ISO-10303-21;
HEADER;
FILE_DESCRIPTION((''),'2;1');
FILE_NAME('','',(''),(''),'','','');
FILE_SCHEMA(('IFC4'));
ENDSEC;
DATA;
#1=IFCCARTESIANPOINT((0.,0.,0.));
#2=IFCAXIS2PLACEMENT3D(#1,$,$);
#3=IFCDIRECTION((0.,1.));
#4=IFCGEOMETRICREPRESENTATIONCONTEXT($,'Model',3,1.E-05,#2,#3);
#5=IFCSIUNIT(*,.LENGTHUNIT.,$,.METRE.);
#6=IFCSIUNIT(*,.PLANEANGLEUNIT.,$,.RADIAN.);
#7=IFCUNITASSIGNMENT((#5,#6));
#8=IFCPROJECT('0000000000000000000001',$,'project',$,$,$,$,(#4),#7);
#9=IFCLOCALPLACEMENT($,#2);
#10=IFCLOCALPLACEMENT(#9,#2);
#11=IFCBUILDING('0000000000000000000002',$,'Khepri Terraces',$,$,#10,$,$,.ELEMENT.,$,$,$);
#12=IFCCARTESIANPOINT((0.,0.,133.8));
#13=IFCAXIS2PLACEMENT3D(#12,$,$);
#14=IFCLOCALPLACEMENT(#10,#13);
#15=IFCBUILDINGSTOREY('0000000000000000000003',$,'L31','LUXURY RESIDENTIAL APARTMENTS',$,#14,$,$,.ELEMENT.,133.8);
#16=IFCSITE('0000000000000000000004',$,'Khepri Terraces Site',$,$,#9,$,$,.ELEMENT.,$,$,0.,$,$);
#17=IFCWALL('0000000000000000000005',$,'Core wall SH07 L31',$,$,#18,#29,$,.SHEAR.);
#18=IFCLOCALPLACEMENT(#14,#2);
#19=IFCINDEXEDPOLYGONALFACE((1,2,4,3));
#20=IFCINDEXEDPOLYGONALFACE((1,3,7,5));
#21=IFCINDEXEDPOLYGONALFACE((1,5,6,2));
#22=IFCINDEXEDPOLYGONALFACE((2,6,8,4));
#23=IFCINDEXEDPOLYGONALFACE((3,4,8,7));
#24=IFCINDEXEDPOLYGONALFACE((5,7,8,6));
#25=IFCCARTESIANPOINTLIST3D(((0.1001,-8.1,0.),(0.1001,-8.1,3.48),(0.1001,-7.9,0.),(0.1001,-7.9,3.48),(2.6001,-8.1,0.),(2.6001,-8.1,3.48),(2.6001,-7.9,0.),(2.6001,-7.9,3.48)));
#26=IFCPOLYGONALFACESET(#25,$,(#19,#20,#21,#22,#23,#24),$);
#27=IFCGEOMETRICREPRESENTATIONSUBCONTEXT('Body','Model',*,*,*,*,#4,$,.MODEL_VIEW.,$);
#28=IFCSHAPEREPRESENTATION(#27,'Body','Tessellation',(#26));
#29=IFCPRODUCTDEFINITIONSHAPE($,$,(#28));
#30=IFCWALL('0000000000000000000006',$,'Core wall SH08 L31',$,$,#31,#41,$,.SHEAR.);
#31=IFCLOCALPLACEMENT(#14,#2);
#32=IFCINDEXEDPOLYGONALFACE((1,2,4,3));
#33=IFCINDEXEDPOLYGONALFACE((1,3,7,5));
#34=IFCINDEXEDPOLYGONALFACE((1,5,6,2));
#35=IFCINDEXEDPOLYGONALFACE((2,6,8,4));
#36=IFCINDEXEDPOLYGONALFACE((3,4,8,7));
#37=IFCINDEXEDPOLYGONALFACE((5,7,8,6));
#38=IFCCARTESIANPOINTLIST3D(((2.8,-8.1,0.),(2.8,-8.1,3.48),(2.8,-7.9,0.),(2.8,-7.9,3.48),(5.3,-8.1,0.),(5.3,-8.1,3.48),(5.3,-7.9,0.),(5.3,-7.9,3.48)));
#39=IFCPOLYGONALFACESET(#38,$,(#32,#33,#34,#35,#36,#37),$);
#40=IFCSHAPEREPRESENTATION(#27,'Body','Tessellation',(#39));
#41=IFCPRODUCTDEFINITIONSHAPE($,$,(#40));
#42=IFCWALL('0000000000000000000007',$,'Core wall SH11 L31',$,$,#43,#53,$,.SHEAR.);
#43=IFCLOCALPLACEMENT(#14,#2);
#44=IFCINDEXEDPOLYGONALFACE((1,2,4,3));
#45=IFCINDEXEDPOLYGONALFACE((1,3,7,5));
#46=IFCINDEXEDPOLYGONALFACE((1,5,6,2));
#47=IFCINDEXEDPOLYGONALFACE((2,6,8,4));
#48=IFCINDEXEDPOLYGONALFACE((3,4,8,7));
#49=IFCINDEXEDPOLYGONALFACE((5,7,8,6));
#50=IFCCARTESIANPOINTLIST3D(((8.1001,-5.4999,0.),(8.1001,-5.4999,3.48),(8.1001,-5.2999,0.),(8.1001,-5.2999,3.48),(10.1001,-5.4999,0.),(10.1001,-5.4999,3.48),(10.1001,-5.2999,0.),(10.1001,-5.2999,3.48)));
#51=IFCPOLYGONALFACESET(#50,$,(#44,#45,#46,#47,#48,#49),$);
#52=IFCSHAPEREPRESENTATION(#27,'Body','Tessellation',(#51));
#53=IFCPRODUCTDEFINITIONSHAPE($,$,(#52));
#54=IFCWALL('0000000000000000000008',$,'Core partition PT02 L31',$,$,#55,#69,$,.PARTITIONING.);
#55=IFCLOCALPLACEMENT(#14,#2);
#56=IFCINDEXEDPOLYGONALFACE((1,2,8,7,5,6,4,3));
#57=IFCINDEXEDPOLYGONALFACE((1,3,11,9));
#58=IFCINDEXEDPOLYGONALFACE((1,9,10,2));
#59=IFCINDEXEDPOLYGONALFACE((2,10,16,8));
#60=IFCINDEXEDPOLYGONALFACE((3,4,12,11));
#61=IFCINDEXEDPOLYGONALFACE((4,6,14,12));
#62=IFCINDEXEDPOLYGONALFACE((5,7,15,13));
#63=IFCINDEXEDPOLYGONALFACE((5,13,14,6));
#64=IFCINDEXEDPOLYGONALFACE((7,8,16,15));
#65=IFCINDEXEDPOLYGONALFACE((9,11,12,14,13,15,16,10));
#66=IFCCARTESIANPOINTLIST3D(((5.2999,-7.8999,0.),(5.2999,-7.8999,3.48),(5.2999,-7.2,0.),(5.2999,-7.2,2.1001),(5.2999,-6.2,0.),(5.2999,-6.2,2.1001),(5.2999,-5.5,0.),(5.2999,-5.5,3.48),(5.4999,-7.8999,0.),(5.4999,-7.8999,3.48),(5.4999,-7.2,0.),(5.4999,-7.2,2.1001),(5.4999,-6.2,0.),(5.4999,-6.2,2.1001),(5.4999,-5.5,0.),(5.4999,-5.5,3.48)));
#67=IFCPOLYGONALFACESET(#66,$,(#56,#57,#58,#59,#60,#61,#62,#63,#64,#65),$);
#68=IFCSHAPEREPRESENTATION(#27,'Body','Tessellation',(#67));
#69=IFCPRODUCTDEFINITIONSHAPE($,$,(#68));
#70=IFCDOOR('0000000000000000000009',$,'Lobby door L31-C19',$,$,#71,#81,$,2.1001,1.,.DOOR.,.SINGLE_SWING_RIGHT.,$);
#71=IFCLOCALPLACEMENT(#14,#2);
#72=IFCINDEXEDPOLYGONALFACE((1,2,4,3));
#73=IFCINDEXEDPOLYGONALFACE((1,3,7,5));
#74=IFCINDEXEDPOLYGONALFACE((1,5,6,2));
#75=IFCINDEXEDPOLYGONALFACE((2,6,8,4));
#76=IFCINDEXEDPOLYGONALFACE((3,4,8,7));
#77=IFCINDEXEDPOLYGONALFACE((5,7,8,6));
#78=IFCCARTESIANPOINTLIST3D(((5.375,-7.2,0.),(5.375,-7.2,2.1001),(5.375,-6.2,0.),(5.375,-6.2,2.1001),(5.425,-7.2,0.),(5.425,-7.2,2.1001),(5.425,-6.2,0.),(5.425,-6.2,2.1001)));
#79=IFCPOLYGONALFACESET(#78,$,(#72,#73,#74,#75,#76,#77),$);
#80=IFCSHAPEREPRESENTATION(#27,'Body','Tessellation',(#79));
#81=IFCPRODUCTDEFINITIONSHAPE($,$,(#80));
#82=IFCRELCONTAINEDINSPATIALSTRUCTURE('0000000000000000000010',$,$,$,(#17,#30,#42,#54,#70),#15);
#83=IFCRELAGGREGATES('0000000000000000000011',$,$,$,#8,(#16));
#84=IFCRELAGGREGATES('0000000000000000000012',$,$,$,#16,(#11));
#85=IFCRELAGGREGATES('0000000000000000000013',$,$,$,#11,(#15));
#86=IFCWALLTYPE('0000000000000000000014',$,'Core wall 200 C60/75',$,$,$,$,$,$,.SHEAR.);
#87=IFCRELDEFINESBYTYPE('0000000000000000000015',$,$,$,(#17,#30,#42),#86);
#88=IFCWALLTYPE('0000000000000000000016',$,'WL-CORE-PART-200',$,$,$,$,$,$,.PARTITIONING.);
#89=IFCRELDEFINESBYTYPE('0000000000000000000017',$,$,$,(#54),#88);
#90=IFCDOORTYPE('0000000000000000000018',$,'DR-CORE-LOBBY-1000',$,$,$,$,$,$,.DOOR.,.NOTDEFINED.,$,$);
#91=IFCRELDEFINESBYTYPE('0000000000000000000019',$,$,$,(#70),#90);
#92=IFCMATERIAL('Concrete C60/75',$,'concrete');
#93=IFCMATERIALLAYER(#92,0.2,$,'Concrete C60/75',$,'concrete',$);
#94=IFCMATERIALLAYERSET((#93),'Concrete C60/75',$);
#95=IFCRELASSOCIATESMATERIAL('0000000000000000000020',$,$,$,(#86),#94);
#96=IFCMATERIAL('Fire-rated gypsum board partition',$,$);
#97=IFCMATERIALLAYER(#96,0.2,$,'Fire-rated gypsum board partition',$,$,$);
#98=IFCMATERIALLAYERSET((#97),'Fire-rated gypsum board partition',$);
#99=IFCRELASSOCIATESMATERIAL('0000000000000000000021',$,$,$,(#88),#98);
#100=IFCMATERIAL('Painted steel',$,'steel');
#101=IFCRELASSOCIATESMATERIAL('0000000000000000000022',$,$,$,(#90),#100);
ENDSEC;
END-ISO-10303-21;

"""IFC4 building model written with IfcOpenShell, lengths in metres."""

from ifc_helpers import new_model, si_unit, direction, frame, frame_2d, origin, place, context, subcontext, project, spatial, rectangle, extrude, material, layer, layer_set, type_object, element, fill, save


model = new_model("IFC4")

# Units and contexts
model_context = context("Model", 3, precision=1e-05, world=origin(), true_north=direction((0.0, 1.0)))
body_context = subcontext(model_context, "Body", "Model", "MODEL_VIEW")
ifc_project = project(units=[si_unit("LENGTHUNIT", "METRE"), si_unit("PLANEANGLEUNIT", "RADIAN")], contexts=[model_context])

# Site, building, storey
site_placement = place(None, origin())
site = spatial("IfcSite", under=ifc_project, at=site_placement, Name="Khepri Terraces Site", CompositionType="ELEMENT", RefElevation=0.0)
building_placement = place(site_placement, origin())
building = spatial("IfcBuilding", under=site, at=building_placement, Name="Khepri Terraces", CompositionType="ELEMENT")
storey_placement = place(building_placement, frame((0.0, 0.0, 133.8)))
storey = spatial("IfcBuildingStorey", under=building, at=storey_placement, Name="L31", Description="LUXURY RESIDENTIAL APARTMENTS", CompositionType="ELEMENT", Elevation=133.8)

# Shared definitions
ifc_material_1 = material(Name="Concrete C60/75", Category="concrete")
ifc_layer_1 = layer(ifc_material_1, 0.2, Name="Concrete C60/75", Category="concrete")
ifc_layer_set_1 = layer_set([ifc_layer_1], Name="Concrete C60/75")
wall_type_1 = type_object("IfcWallType", Name="Core wall 200 C60/75", PredefinedType="SHEAR", material=ifc_layer_set_1)

# Walls
for number, where, z_axis, x_axis, name in (
    (1, (0.1001, -8.0, 0.0), (0.0, 0.0, 1.0), (1.0, 0.0, 0.0), "Core wall SH07 L31"),
    (2, (2.8, -8.0, 0.0), (0.0, 0.0, 1.0), (1.0, 0.0, 0.0), "Core wall SH08 L31"),
):
    element("IfcWall", number, at=place(storey_placement, frame(where, z_axis=z_axis, x_axis=x_axis)), inside=storey, type_object=wall_type_1, Name=name, PredefinedType="SHEAR", context=body_context, shape_type="SweptSolid", body=[
        extrude(rectangle(XDim=2.5, YDim=0.2, at=frame_2d((1.25, 0.0))), origin(), (0.0, 0.0, 1.0), 3.48),
    ])
wall_1_placement = place(storey_placement, frame((8.1001, -5.3999, 0.0), z_axis=(0.0, 0.0, 1.0), x_axis=(1.0, 0.0, 0.0)))
element("IfcWall", 3, at=wall_1_placement, inside=storey, type_object=wall_type_1, Name="Core wall SH11 L31", PredefinedType="SHEAR", context=body_context, shape_type="SweptSolid", body=[
    extrude(rectangle(XDim=2.0, YDim=0.2, at=frame_2d((1.0, 0.0))), origin(), (0.0, 0.0, 1.0), 3.48),
])

# Wall, opening, door
ifc_material_2 = material(Name="Fire-rated gypsum board partition")
ifc_layer_2 = layer(ifc_material_2, 0.2, Name="Fire-rated gypsum board partition")
ifc_layer_set_2 = layer_set([ifc_layer_2], Name="Fire-rated gypsum board partition")
wall_type_2 = type_object("IfcWallType", Name="WL-CORE-PART-200", PredefinedType="PARTITIONING", material=ifc_layer_set_2)
wall_2_placement = place(storey_placement, frame((5.3999, -7.8999, 0.0), z_axis=(0.0, 0.0, 1.0), x_axis=(0.0, 1.0, 0.0)))
wall_2 = element("IfcWall", 4, at=wall_2_placement, inside=storey, type_object=wall_type_2, Name="Core partition PT02 L31", PredefinedType="PARTITIONING", context=body_context, shape_type="SweptSolid", body=[
    extrude(rectangle(XDim=2.3999, YDim=0.2, at=frame_2d((1.2, 0.0))), origin(), (0.0, 0.0, 1.0), 3.48),
])
opening_1_placement = place(wall_2_placement, frame((0.7, 0.0, 0.0)))
opening_1 = element("IfcOpeningElement", 5, at=opening_1_placement, cuts=wall_2, PredefinedType="OPENING", context=body_context, shape_type="SweptSolid", body=[
    extrude(rectangle(XDim=1.0, YDim=2.1001, at=frame_2d((0.5, 1.05))), frame((0.0, 0.1099, 0.0), z_axis=(0.0, -1.0, 0.0), x_axis=(1.0, 0.0, 0.0)), (0.0, 0.0, 1.0), 0.22),
])
ifc_material_3 = material(Name="Painted steel", Category="steel")
door_type_1 = type_object("IfcDoorType", Name="DR-CORE-LOBBY-1000", OperationType="NOTDEFINED", PredefinedType="DOOR", material=ifc_material_3)
door_1_placement = place(opening_1_placement, origin())
door_1 = element("IfcDoor", 6, at=door_1_placement, inside=storey, type_object=door_type_1, Name="Lobby door L31-C19", OperationType="SINGLE_SWING_RIGHT", OverallHeight=2.1001, OverallWidth=1.0, PredefinedType="DOOR", context=body_context, shape_type="SweptSolid", body=[
    extrude(rectangle(XDim=1.0, YDim=2.1001, at=frame_2d((0.5, 1.05))), frame((0.0, 0.0249, 0.0), z_axis=(0.0, -1.0, 0.0), x_axis=(1.0, 0.0, 0.0)), (0.0, 0.0, 1.0), 0.05),
])
fill(opening_1, door_1)

save(model, "model.ifc")
